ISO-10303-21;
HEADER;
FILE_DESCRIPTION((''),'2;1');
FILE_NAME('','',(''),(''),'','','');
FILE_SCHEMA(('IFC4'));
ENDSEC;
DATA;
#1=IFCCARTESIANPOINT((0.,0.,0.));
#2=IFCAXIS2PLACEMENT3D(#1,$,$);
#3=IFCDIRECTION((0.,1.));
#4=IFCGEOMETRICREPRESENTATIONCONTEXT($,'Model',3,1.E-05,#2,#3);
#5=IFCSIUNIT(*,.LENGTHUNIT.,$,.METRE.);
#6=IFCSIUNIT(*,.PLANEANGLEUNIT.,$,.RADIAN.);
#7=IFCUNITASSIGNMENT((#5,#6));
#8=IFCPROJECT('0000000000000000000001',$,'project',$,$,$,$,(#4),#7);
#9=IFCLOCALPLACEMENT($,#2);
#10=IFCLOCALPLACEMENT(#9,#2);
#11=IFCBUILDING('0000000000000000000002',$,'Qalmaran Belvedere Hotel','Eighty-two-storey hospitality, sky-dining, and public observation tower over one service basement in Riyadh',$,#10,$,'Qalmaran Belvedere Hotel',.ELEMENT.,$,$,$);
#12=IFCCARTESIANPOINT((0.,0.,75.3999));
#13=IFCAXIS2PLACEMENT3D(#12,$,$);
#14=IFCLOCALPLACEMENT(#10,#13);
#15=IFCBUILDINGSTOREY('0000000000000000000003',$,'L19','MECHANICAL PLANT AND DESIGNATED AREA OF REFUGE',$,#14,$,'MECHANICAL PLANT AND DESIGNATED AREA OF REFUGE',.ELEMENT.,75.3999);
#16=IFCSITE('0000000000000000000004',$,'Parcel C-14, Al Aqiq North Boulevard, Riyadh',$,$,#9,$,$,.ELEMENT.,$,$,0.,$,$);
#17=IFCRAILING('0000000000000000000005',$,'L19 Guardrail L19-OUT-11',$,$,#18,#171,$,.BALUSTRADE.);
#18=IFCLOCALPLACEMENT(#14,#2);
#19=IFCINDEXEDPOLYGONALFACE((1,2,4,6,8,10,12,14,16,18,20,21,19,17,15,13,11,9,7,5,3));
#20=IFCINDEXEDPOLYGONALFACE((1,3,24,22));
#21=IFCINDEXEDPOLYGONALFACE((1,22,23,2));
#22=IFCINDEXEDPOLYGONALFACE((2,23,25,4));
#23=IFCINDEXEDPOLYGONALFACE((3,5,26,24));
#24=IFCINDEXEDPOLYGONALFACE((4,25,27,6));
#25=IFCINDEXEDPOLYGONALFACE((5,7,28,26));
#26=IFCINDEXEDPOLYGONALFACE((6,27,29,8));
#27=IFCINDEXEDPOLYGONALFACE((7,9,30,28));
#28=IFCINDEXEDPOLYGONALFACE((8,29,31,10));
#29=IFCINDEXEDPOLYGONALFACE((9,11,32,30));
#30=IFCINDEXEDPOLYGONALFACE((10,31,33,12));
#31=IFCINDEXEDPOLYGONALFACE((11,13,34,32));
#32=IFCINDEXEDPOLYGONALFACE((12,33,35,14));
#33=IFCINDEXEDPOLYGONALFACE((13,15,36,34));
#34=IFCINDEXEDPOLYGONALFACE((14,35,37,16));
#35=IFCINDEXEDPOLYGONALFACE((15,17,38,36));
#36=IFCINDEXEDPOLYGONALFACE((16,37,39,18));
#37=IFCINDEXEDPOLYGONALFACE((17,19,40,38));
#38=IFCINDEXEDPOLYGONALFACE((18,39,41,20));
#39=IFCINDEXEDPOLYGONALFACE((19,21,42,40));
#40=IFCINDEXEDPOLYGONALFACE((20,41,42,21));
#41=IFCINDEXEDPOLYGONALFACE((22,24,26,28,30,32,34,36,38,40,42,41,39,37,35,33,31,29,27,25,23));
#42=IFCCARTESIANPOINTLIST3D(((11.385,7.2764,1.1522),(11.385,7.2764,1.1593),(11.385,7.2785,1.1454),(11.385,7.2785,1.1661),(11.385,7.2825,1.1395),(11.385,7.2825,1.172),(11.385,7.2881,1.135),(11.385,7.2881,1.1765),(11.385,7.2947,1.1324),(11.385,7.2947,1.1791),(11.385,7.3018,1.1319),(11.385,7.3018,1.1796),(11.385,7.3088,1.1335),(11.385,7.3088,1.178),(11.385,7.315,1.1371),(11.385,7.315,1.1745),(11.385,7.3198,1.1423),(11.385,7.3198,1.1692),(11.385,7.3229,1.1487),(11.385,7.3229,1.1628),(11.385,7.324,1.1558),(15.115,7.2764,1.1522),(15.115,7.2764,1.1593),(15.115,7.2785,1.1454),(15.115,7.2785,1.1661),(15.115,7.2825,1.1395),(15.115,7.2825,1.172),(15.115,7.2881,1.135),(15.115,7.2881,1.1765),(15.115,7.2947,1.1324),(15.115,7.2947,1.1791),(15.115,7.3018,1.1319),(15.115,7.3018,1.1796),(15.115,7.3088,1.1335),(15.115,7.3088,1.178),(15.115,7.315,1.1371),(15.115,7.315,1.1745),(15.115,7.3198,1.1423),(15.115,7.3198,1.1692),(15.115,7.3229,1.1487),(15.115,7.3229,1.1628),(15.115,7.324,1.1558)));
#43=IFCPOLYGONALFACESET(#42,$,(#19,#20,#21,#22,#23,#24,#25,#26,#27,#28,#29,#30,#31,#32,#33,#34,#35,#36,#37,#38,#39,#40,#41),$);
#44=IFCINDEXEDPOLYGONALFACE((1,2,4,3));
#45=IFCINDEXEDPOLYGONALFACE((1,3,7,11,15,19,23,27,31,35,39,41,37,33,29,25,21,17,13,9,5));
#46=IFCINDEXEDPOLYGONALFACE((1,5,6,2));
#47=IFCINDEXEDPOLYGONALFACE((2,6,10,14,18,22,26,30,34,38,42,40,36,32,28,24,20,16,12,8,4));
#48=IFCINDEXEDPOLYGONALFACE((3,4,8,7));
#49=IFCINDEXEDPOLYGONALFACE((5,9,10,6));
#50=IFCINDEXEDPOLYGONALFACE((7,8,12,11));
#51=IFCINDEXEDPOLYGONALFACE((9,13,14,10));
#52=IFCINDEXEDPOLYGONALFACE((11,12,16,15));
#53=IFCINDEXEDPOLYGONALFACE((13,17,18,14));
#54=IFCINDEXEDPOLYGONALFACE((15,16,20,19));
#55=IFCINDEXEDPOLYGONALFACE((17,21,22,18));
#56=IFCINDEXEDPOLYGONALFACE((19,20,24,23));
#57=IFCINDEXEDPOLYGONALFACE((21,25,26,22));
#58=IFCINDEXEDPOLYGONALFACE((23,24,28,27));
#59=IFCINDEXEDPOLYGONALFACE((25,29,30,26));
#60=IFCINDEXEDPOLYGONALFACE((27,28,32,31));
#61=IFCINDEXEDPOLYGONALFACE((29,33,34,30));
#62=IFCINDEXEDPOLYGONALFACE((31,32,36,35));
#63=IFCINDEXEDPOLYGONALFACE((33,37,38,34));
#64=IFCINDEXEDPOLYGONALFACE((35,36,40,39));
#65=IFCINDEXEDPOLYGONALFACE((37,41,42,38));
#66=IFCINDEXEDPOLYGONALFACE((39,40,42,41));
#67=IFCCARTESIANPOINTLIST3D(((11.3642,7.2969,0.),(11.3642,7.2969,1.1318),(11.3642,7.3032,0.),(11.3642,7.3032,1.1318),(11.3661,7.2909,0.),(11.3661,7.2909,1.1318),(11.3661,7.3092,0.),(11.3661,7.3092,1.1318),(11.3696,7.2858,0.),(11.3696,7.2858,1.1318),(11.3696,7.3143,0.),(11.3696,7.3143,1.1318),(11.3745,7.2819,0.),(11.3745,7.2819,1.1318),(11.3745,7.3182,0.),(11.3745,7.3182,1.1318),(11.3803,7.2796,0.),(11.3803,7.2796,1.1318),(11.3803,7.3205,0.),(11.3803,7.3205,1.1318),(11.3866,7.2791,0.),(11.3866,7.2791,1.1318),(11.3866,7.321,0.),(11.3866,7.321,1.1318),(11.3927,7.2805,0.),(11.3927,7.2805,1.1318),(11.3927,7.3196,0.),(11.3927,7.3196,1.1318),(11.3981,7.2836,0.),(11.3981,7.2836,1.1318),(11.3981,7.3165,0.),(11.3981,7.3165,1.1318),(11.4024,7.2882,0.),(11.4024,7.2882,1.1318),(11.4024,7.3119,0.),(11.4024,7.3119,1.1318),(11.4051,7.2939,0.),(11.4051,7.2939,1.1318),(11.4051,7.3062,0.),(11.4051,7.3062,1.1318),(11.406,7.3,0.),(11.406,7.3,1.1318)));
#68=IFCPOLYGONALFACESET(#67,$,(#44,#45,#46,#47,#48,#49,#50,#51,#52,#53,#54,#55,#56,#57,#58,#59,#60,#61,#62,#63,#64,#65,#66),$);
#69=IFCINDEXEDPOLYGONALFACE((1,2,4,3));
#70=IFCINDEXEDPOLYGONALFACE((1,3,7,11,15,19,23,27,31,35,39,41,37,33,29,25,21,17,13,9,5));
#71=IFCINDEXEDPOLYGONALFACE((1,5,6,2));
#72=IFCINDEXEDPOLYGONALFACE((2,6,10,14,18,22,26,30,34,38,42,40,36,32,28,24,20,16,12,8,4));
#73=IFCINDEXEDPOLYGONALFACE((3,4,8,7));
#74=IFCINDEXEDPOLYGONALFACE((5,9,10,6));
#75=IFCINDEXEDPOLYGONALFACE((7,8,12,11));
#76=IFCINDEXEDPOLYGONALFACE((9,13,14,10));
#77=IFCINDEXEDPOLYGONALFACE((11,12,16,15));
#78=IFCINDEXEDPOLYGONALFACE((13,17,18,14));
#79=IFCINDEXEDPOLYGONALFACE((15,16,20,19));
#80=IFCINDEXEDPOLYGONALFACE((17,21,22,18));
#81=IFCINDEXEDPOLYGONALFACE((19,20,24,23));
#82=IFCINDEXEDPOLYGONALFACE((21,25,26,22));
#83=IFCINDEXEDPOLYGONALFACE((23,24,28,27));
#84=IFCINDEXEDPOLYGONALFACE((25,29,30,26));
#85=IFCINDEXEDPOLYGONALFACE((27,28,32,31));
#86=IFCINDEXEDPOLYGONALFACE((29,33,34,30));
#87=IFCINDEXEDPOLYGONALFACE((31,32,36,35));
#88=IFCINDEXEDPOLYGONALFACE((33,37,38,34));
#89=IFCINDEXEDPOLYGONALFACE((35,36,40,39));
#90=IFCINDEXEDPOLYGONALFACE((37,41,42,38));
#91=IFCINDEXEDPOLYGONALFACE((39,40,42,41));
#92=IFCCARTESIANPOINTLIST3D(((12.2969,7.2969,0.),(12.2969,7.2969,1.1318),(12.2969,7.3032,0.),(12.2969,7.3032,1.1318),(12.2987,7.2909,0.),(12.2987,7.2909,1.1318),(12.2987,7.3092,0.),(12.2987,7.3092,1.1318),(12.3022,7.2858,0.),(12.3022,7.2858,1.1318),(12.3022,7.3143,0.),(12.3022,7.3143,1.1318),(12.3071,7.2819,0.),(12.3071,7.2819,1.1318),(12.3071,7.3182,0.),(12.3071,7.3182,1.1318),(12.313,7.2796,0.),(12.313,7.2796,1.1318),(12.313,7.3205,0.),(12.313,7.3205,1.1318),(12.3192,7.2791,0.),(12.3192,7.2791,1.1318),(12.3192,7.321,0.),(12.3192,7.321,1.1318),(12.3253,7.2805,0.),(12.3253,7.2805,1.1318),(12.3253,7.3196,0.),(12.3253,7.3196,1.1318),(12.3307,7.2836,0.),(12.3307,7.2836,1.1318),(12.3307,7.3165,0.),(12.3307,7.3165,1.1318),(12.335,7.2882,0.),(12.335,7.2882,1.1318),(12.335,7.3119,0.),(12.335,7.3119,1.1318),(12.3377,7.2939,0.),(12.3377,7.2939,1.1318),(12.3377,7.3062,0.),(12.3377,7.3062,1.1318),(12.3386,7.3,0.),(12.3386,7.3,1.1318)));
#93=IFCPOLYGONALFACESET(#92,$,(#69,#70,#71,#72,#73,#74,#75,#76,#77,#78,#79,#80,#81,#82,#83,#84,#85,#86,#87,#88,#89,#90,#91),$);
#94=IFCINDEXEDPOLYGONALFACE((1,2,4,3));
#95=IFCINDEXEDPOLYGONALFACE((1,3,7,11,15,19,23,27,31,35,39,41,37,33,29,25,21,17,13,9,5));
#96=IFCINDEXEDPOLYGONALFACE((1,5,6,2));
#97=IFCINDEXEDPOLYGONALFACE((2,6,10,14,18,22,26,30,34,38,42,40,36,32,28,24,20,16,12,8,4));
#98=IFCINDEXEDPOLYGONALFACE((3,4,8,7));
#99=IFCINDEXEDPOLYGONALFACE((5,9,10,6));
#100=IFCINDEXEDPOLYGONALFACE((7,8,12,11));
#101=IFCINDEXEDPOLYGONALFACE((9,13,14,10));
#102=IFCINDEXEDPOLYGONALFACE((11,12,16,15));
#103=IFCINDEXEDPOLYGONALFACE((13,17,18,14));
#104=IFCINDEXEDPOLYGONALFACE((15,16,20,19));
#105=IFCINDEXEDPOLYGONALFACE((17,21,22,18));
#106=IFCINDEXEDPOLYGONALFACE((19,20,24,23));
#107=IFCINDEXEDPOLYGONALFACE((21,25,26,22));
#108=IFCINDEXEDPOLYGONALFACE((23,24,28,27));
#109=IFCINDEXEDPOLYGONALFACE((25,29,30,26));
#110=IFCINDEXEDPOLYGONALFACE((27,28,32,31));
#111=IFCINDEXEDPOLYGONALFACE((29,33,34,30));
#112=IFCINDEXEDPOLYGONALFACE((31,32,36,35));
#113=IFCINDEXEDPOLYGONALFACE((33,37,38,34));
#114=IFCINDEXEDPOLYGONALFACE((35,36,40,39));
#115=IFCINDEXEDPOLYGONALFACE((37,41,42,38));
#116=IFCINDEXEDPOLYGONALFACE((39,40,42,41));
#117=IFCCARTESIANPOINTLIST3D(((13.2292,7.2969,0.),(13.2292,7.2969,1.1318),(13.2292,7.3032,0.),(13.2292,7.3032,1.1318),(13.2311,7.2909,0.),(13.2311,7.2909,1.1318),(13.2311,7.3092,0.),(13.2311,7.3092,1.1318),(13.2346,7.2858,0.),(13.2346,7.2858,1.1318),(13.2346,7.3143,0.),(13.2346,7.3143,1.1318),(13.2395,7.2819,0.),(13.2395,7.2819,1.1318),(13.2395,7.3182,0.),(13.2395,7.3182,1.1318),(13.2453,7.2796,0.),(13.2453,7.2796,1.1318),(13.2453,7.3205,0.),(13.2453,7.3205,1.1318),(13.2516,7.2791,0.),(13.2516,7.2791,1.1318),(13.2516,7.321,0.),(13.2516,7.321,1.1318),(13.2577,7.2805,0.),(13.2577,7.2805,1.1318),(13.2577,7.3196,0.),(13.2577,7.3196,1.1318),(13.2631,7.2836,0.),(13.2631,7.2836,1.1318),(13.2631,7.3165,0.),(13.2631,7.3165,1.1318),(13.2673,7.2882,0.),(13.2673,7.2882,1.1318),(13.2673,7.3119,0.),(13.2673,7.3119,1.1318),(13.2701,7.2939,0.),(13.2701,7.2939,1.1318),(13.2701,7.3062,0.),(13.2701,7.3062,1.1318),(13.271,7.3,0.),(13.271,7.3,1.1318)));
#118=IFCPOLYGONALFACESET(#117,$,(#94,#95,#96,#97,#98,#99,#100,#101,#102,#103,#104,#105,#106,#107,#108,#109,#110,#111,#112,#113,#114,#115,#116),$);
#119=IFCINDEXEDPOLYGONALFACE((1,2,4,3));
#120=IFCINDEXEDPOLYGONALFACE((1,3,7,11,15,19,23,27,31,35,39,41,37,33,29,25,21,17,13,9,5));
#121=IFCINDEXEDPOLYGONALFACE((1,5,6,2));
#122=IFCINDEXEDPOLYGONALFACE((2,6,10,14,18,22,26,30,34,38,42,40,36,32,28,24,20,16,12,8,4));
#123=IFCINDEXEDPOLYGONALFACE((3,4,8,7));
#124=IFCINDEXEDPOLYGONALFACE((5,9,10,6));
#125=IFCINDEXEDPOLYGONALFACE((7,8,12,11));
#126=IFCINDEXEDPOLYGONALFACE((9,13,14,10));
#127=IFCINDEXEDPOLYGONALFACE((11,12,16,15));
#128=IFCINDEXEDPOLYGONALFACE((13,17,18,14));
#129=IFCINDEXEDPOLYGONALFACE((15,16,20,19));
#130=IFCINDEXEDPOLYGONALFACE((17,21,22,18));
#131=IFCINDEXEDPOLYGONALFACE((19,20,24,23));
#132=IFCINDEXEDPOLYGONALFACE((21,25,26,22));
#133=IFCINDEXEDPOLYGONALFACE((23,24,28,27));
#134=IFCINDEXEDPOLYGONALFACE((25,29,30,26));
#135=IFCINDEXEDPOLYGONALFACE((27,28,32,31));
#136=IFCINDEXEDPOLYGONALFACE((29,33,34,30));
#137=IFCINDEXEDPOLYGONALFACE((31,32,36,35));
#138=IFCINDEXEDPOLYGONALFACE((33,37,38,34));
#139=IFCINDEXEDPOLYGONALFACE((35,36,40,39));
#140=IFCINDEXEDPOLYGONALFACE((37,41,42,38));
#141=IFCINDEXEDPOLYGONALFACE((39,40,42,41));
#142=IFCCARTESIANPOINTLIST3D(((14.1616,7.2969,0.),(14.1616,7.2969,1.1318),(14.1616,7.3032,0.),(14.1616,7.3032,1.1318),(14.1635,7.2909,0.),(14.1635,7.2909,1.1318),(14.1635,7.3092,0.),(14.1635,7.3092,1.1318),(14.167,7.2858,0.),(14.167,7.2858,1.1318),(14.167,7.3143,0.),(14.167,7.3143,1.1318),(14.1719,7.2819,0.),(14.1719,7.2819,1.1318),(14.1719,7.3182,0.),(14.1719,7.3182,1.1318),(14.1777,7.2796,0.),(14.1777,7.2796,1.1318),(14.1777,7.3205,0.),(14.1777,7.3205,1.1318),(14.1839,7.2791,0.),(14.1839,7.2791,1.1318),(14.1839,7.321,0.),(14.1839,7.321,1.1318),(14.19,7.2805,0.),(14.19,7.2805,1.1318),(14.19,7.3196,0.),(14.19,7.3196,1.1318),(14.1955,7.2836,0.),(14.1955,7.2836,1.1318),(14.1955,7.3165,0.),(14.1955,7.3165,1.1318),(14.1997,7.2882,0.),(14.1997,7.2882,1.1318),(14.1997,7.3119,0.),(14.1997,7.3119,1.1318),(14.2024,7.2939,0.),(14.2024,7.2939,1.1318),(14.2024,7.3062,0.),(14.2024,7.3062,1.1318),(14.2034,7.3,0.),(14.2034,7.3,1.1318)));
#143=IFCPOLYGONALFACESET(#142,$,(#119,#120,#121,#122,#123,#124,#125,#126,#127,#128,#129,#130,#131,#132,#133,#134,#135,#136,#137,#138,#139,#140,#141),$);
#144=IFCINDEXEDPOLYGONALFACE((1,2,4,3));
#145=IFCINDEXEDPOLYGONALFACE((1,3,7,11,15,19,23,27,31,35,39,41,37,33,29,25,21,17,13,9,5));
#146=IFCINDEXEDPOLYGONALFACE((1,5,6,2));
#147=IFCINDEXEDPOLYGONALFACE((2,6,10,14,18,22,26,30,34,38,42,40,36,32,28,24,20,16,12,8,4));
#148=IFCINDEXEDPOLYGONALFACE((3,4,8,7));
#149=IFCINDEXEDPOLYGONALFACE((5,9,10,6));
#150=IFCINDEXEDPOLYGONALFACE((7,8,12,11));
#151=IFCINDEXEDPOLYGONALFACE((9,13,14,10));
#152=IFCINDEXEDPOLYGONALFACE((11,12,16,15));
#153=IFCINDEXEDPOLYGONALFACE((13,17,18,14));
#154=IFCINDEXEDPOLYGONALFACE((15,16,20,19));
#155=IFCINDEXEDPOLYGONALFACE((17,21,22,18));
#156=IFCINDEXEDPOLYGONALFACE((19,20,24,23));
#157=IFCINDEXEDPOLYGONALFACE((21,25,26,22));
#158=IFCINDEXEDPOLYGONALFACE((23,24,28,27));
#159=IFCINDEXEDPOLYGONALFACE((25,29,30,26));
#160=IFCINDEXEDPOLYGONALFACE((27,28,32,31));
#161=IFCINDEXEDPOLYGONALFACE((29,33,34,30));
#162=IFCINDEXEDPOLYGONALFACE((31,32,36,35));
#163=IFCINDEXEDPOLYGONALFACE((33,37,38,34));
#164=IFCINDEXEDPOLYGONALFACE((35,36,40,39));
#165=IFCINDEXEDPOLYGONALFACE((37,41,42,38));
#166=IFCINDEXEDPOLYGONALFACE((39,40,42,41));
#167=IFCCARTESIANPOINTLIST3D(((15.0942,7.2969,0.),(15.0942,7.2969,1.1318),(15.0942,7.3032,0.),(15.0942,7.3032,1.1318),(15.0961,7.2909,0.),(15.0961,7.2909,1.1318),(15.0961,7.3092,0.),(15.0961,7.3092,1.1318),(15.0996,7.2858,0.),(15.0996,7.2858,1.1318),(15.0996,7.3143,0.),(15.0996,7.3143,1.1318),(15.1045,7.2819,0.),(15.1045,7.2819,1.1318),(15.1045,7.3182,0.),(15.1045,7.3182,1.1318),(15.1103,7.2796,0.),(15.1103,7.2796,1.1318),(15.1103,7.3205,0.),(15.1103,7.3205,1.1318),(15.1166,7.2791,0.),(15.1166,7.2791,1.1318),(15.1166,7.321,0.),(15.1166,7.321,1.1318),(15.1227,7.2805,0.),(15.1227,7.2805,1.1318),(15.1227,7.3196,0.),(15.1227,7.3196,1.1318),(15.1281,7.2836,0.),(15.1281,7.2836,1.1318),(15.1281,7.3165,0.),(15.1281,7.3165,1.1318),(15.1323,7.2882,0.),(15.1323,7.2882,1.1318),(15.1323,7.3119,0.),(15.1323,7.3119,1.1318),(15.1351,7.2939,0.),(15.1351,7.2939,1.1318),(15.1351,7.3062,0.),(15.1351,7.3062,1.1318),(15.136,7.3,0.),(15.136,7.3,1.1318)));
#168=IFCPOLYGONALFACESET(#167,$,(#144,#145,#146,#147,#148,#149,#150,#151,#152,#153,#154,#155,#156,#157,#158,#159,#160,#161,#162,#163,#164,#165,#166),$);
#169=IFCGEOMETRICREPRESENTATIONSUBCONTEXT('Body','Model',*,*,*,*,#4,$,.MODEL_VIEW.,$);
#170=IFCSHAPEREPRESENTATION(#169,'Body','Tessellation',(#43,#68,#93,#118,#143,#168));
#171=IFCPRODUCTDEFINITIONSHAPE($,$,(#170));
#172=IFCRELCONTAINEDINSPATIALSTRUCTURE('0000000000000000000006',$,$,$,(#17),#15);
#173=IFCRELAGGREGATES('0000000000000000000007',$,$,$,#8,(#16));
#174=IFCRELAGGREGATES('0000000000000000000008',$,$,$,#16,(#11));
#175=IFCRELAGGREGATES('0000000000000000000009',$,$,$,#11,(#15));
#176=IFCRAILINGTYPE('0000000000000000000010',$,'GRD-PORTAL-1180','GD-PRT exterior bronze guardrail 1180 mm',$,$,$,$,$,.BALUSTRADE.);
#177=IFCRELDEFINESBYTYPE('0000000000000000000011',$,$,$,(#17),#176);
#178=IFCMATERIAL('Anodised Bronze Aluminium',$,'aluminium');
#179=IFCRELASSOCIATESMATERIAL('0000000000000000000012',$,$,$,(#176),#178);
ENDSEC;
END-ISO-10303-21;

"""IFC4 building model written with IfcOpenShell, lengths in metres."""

from ifc_helpers import new_model, si_unit, direction, frame, origin, origin_2d, place, context, subcontext, project, spatial, circle, extrude, material, type_object, element, save


model = new_model("IFC4")

# Units and contexts
model_context = context("Model", 3, precision=1e-05, world=origin(), true_north=direction((0.0, 1.0)))
body_context = subcontext(model_context, "Body", "Model", "MODEL_VIEW")
ifc_project = project(units=[si_unit("LENGTHUNIT", "METRE"), si_unit("PLANEANGLEUNIT", "RADIAN")], contexts=[model_context])

# Site, building, storey
site_placement = place(None, origin())
site = spatial("IfcSite", under=ifc_project, at=site_placement, Name="Parcel C-14, Al Aqiq North Boulevard, Riyadh", CompositionType="ELEMENT", RefElevation=0.0)
building_placement = place(site_placement, origin())
building = spatial("IfcBuilding", under=site, at=building_placement, Name="Qalmaran Belvedere Hotel", Description="Eighty-two-storey hospitality, sky-dining, and public observation tower over one service basement in Riyadh", LongName="Qalmaran Belvedere Hotel", CompositionType="ELEMENT")
storey_placement = place(building_placement, frame((0.0, 0.0, 75.3999)))
storey = spatial("IfcBuildingStorey", under=building, at=storey_placement, Name="L19", Description="MECHANICAL PLANT AND DESIGNATED AREA OF REFUGE", LongName="MECHANICAL PLANT AND DESIGNATED AREA OF REFUGE", CompositionType="ELEMENT", Elevation=75.3999)

# Railing
ifc_material_1 = material(Name="Anodised Bronze Aluminium", Category="aluminium")
railing_type = type_object("IfcRailingType", Name="GRD-PORTAL-1180", Description="GD-PRT exterior bronze guardrail 1180 mm", PredefinedType="BALUSTRADE", material=ifc_material_1)
railing_1_placement = place(storey_placement, frame((11.385, 7.3, 0.0)))
element("IfcRailing", 1, at=railing_1_placement, inside=storey, type_object=railing_type, Name="L19 Guardrail L19-OUT-11", PredefinedType="BALUSTRADE", context=body_context, shape_type="SweptSolid", body=[
    extrude(circle(Radius=0.0239, at=origin_2d()), frame((0.0, 0.0, 1.1558), z_axis=(1.0, 0.0, 0.0), x_axis=(0.0, 1.0, 0.0)), (0.0, 0.0, 1.0), 3.73),
    extrude(circle(Radius=0.021, at=origin_2d()), origin(), (0.0, 0.0, 1.0), 1.1318),
    extrude(circle(Radius=0.021, at=origin_2d()), frame((0.9326, 0.0, 0.0)), (0.0, 0.0, 1.0), 1.1318),
    extrude(circle(Radius=0.021, at=origin_2d()), frame((1.865, 0.0, 0.0)), (0.0, 0.0, 1.0), 1.1318),
    extrude(circle(Radius=0.021, at=origin_2d()), frame((2.7974, 0.0, 0.0)), (0.0, 0.0, 1.0), 1.1318),
    extrude(circle(Radius=0.021, at=origin_2d()), frame((3.73, 0.0, 0.0)), (0.0, 0.0, 1.0), 1.1318),
])

save(model, "model.ifc")
